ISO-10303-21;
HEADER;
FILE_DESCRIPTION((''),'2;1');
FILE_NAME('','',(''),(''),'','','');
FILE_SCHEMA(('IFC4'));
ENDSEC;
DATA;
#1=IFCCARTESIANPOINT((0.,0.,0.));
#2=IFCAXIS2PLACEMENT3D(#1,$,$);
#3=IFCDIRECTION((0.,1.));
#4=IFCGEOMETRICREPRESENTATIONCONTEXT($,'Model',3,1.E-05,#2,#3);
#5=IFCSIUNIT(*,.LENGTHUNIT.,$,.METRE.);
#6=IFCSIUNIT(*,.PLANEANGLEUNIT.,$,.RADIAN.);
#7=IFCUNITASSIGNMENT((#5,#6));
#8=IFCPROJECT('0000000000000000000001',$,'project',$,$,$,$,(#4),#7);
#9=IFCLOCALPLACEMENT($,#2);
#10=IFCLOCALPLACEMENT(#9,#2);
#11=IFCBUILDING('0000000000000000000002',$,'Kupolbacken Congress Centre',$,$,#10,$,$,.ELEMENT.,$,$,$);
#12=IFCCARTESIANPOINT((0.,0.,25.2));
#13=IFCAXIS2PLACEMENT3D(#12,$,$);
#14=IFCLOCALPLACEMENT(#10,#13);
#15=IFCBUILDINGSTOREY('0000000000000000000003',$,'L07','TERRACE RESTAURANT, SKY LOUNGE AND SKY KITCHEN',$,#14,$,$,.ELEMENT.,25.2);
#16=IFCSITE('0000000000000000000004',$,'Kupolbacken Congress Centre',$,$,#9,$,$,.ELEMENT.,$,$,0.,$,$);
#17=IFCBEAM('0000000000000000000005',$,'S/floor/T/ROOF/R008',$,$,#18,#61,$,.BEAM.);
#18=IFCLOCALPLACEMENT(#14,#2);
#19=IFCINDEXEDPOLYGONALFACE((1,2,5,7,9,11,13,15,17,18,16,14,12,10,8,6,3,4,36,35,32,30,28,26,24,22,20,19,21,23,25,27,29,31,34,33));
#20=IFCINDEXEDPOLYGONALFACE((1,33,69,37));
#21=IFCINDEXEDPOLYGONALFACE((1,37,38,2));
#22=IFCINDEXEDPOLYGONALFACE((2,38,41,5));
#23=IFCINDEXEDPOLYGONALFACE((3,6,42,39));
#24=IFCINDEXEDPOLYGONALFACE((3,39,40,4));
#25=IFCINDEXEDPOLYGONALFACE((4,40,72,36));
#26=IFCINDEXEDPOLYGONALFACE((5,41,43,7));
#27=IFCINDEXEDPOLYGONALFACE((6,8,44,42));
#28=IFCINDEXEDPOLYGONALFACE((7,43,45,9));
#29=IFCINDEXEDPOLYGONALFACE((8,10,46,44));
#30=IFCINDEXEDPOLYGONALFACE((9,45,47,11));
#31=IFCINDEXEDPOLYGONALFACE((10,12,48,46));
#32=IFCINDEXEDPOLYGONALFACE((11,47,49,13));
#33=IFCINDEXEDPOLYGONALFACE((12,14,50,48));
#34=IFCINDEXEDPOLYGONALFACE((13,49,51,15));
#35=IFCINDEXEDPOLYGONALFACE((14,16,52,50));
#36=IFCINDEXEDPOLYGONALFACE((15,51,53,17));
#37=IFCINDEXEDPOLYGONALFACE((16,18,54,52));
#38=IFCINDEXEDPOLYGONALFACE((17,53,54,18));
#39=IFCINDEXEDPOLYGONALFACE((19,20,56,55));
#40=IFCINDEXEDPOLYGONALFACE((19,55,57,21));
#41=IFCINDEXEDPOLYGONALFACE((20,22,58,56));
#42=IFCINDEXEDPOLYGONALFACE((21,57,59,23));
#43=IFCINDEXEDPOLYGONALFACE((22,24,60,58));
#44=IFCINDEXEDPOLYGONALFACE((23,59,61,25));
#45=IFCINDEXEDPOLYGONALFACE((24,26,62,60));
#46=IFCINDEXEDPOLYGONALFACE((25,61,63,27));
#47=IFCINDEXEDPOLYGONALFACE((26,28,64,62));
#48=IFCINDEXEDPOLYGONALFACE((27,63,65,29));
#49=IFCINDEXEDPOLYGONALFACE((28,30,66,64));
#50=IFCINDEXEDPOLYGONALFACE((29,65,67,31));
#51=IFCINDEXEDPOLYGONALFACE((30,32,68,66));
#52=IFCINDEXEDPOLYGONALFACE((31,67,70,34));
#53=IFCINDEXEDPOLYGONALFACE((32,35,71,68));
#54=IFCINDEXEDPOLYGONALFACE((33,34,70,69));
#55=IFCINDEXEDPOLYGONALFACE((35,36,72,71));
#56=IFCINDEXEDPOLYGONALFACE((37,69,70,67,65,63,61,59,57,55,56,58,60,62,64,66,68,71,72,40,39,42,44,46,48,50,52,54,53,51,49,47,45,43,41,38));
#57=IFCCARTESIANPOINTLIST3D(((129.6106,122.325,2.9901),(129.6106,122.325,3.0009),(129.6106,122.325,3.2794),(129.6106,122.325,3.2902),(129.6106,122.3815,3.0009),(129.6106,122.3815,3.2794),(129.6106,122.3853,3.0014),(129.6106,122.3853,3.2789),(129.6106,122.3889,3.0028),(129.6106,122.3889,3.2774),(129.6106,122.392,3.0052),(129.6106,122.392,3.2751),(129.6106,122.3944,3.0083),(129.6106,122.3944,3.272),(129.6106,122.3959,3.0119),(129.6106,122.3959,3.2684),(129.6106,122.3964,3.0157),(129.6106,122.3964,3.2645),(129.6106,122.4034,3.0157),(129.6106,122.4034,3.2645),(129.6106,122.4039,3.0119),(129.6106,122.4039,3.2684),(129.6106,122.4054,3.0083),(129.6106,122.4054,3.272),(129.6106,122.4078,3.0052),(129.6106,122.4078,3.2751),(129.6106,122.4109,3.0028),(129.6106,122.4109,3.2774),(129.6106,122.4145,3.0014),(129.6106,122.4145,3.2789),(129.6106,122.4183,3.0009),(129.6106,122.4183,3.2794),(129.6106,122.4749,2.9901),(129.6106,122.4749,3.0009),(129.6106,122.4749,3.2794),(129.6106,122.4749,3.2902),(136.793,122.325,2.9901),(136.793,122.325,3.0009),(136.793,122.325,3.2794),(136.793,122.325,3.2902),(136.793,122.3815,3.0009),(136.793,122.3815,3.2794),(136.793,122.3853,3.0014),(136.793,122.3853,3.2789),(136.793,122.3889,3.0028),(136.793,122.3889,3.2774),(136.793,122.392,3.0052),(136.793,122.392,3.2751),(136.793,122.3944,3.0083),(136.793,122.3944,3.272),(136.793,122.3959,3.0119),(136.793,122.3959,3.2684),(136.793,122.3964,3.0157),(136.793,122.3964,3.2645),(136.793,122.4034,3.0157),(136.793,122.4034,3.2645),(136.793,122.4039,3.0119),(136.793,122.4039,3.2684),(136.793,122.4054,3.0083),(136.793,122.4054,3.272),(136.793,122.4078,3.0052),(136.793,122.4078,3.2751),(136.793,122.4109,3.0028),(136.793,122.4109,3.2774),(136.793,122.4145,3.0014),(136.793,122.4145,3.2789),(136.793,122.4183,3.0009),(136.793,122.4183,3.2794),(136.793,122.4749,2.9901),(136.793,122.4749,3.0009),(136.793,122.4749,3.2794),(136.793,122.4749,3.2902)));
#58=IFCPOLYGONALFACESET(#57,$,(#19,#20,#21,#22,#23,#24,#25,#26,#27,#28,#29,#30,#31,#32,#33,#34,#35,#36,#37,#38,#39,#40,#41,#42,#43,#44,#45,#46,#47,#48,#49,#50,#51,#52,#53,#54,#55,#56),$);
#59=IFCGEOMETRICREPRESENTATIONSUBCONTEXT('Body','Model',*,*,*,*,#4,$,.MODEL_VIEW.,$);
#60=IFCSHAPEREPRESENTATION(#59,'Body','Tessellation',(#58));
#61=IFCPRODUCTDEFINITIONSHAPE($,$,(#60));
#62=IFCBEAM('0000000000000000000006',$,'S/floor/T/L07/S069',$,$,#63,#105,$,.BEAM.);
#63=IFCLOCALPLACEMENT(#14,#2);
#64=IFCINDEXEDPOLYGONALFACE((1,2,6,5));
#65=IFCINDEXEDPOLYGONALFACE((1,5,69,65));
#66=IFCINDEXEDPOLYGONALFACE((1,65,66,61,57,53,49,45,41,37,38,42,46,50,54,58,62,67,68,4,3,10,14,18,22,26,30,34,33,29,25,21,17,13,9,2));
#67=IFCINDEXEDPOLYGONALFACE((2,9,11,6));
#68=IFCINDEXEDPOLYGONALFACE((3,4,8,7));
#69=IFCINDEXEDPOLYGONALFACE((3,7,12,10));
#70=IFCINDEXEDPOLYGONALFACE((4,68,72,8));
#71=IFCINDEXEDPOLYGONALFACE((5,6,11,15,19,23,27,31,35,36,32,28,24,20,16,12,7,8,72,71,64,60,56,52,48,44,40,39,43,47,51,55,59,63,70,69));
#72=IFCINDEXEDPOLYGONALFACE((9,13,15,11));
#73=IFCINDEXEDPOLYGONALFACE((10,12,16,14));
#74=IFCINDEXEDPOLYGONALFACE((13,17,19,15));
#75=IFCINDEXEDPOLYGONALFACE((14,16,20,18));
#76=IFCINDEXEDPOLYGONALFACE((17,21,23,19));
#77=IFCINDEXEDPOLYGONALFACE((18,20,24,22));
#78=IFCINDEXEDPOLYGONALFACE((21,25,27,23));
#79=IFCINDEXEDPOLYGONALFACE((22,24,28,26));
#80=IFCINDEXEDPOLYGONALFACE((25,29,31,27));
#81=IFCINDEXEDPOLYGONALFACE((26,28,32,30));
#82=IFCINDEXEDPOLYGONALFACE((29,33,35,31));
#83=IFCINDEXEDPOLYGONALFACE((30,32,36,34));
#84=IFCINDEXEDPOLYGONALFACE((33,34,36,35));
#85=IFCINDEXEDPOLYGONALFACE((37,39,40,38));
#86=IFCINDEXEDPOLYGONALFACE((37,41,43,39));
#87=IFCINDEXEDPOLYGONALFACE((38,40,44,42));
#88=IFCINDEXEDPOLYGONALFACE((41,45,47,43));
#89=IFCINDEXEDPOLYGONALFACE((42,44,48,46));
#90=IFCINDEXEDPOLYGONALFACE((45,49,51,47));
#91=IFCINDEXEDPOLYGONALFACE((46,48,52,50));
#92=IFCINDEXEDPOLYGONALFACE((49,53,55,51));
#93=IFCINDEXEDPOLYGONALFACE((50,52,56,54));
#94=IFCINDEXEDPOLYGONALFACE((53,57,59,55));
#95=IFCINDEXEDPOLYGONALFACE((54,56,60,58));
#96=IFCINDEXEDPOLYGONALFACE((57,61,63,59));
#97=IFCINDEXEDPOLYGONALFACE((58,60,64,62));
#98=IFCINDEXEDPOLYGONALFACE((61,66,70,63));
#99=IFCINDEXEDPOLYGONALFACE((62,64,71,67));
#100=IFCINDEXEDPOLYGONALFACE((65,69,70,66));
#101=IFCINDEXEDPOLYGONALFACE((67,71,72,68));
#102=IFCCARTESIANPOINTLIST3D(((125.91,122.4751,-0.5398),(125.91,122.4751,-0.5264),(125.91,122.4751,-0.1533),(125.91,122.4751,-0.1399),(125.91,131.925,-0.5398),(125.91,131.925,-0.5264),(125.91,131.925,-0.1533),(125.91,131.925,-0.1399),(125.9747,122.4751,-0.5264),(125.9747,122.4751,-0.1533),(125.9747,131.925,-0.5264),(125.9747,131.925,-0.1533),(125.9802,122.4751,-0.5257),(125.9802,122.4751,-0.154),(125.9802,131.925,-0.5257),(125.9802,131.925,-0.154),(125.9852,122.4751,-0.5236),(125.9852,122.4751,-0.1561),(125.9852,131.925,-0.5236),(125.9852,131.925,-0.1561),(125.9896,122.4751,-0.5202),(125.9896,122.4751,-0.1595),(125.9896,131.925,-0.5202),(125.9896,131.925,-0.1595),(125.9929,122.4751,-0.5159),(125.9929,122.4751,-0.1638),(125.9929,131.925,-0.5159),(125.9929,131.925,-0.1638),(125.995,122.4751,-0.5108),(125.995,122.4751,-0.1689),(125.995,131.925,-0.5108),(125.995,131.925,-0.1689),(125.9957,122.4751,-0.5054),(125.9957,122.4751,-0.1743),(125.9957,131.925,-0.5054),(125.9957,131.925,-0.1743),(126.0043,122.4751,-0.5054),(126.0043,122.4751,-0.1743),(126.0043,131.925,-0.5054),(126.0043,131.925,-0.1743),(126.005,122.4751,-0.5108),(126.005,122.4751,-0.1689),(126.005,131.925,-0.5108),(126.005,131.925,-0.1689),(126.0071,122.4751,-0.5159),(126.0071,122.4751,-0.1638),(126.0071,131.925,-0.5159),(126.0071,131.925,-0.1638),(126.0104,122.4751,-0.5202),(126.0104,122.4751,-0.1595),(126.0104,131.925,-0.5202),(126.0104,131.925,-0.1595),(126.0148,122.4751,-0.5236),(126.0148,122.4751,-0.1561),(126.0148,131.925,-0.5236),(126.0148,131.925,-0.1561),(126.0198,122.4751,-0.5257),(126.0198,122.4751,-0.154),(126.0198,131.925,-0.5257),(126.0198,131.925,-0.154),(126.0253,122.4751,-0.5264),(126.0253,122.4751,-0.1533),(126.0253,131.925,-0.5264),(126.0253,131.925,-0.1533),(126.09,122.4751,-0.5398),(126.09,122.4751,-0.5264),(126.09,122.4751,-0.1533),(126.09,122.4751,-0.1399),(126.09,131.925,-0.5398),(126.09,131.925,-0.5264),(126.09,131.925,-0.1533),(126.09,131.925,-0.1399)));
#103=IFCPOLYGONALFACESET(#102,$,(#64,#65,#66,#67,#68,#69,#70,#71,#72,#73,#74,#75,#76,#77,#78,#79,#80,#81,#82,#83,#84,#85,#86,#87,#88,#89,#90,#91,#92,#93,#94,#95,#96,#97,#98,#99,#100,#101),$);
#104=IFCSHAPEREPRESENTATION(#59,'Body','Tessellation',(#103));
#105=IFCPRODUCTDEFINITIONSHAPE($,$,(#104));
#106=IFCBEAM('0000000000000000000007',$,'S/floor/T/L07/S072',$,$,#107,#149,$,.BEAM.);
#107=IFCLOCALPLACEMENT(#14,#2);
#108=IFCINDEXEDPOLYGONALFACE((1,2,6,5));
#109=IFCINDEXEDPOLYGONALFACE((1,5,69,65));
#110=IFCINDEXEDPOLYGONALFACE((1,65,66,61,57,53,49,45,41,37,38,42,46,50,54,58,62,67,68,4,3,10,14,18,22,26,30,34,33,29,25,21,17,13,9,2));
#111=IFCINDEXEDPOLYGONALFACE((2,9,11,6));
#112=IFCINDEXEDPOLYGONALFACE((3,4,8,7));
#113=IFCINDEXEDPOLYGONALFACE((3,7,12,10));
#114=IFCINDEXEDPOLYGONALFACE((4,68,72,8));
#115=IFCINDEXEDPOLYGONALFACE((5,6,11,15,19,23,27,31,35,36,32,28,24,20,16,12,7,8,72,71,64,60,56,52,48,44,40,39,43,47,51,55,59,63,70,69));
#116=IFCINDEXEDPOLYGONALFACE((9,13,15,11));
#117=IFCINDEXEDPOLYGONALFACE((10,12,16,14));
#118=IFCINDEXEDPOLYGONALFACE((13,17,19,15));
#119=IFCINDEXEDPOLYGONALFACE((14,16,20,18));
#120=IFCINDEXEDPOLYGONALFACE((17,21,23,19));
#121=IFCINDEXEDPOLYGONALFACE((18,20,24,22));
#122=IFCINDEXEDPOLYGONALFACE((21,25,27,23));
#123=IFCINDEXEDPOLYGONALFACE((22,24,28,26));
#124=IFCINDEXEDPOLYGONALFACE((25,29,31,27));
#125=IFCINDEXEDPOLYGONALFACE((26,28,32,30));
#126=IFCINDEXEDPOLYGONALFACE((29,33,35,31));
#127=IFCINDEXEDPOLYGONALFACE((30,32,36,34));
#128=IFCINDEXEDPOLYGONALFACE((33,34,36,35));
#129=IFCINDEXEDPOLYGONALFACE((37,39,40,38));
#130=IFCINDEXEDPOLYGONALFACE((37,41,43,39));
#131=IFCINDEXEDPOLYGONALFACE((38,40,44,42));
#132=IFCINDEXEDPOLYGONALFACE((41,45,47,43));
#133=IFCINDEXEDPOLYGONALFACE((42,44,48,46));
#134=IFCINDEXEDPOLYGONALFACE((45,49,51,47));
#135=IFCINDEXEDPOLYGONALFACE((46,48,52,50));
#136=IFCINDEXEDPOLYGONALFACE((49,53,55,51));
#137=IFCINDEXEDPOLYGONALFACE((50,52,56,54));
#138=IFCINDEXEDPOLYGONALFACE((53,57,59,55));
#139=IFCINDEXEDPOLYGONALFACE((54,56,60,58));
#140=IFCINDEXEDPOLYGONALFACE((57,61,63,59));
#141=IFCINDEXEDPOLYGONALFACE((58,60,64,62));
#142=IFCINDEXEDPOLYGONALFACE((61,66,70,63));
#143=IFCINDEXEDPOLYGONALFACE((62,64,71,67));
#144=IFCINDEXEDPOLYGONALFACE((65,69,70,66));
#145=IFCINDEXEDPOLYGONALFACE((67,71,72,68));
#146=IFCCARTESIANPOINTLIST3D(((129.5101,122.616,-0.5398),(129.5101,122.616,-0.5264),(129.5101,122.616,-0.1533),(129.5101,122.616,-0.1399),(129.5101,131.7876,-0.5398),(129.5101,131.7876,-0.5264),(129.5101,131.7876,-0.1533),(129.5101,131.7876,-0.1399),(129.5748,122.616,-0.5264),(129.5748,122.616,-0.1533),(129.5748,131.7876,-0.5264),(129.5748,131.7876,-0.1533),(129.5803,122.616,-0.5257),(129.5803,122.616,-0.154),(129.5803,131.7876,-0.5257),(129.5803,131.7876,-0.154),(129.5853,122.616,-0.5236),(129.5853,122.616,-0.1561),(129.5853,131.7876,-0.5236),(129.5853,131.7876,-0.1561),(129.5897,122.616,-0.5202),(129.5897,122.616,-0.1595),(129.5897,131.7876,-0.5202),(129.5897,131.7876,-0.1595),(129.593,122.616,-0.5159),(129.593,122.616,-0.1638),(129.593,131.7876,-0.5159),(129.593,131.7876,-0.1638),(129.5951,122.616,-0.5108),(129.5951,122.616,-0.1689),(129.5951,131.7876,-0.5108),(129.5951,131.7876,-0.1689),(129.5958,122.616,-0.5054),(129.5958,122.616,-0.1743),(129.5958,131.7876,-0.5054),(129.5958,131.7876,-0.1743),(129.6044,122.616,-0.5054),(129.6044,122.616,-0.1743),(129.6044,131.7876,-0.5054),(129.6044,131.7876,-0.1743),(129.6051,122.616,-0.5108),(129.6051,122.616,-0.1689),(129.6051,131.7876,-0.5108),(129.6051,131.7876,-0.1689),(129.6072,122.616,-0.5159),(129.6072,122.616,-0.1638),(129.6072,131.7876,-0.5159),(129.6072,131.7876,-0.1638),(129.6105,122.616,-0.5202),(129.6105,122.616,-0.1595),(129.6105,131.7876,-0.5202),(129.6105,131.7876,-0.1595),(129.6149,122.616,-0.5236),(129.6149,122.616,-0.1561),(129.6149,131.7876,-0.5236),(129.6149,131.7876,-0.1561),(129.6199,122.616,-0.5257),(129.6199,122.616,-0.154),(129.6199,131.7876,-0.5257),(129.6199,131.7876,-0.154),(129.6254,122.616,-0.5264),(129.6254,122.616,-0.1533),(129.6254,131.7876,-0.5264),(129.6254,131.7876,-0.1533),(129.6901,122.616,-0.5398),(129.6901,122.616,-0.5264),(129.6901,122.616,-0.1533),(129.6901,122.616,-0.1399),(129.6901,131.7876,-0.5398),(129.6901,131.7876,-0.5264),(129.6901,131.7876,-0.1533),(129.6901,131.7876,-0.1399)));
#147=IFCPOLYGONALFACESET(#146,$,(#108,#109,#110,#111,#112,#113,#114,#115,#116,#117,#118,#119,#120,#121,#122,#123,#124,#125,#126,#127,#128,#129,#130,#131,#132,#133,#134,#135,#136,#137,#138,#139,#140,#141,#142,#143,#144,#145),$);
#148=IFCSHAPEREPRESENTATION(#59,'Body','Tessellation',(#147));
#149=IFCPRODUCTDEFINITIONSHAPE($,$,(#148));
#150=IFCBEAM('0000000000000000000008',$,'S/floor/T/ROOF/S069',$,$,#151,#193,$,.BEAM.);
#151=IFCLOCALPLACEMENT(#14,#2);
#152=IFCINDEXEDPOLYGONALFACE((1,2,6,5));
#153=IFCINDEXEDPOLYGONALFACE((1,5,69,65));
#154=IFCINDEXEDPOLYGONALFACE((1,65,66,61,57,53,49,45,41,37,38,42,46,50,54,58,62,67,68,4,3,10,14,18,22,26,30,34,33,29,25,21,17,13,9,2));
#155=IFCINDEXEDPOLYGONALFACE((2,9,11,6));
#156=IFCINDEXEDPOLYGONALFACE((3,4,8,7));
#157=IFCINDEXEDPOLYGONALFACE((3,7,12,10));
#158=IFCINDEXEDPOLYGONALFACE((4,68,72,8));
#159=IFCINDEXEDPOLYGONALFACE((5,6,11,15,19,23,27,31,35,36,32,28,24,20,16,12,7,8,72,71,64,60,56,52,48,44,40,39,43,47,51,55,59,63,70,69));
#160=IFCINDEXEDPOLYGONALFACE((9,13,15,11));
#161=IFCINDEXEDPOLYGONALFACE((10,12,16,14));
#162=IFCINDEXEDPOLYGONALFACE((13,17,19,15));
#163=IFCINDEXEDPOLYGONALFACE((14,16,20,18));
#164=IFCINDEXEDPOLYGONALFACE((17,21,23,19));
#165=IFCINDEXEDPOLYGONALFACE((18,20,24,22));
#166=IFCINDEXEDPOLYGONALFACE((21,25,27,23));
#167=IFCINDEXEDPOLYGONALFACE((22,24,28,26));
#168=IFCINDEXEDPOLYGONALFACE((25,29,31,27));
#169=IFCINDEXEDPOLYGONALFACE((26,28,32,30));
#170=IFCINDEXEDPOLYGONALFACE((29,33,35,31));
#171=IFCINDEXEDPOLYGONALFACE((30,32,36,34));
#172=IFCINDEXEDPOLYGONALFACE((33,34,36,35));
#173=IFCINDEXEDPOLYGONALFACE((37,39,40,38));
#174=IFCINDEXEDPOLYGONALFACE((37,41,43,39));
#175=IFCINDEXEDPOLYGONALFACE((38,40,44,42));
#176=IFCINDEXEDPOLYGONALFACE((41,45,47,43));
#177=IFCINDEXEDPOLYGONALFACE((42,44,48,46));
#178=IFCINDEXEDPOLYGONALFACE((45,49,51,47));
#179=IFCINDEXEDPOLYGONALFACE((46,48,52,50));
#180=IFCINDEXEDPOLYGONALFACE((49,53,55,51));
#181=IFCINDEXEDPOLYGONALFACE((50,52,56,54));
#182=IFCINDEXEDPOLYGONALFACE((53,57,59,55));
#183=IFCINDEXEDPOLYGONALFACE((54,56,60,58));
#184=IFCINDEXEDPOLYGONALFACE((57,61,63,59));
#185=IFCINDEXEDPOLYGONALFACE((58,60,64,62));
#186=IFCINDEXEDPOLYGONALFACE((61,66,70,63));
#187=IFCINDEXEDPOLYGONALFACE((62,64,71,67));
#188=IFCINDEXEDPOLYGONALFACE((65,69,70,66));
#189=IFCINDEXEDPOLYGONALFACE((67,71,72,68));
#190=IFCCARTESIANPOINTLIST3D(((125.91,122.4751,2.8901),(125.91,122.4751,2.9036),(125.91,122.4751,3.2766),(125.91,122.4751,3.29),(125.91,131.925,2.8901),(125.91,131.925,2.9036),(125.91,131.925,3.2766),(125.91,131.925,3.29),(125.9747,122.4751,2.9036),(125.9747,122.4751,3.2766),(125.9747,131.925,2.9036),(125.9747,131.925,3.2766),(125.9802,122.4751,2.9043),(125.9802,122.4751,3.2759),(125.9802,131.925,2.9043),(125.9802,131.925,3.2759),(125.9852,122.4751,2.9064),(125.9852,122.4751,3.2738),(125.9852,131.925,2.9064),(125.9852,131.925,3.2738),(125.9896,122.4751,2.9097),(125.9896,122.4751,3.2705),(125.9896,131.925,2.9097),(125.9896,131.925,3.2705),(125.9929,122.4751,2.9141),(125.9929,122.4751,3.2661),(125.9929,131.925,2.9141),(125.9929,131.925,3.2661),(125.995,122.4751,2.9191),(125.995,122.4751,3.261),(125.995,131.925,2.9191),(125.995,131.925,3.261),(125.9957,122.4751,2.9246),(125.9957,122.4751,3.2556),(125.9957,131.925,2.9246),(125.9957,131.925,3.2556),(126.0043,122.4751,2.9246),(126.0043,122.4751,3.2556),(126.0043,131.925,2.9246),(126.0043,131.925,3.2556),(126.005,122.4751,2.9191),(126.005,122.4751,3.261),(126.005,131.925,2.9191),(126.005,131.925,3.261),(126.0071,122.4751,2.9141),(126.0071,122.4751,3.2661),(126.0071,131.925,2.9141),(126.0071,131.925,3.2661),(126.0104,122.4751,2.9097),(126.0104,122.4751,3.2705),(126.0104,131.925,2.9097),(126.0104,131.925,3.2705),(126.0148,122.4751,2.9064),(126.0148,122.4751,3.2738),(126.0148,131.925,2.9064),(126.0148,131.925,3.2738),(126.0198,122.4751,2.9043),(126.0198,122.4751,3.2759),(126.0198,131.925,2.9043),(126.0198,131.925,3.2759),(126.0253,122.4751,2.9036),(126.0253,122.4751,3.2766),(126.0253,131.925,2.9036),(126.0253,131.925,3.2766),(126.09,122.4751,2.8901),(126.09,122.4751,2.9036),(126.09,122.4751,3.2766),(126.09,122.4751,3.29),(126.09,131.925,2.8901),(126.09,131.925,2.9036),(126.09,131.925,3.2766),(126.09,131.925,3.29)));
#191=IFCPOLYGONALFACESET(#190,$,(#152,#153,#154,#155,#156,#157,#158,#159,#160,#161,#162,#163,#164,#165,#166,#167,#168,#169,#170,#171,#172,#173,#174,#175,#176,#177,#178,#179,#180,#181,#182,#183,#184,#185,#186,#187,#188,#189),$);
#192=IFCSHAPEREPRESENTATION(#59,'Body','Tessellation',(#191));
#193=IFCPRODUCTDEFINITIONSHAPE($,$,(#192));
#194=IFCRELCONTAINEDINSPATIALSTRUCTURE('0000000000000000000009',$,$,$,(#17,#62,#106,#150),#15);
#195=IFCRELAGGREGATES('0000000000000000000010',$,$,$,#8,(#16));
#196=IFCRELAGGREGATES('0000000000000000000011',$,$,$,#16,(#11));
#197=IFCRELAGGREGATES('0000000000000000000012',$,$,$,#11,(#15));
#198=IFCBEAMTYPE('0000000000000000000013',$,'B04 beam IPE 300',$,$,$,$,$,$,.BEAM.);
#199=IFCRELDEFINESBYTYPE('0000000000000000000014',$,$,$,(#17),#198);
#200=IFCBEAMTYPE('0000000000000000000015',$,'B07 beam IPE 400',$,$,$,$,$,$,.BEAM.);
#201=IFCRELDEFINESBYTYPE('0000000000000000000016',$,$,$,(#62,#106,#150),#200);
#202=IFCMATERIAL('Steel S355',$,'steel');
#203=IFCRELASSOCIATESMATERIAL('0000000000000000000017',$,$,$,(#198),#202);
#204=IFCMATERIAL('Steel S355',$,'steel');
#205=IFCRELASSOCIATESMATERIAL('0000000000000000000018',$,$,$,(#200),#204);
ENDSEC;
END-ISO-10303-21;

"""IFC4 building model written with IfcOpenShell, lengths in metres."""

from ifc_helpers import new_model, si_unit, direction, frame, origin, origin_2d, place, context, subcontext, project, spatial, i_section, extrude, material, material_profile, profile_set, type_object, element, save


model = new_model("IFC4")

# Units and contexts
model_context = context("Model", 3, precision=1e-05, world=origin(), true_north=direction((0.0, 1.0)))
body_context = subcontext(model_context, "Body", "Model", "MODEL_VIEW")
ifc_project = project(units=[si_unit("LENGTHUNIT", "METRE"), si_unit("PLANEANGLEUNIT", "RADIAN")], contexts=[model_context])

# Site, building, storey
site_placement = place(None, origin())
site = spatial("IfcSite", under=ifc_project, at=site_placement, Name="Kupolbacken Congress Centre", CompositionType="ELEMENT", RefElevation=0.0)
building_placement = place(site_placement, origin())
building = spatial("IfcBuilding", under=site, at=building_placement, Name="Kupolbacken Congress Centre", CompositionType="ELEMENT")
storey_placement = place(building_placement, frame((0.0, 0.0, 25.2)))
storey = spatial("IfcBuildingStorey", under=building, at=storey_placement, Name="L07", Description="TERRACE RESTAURANT, SKY LOUNGE AND SKY KITCHEN", CompositionType="ELEMENT", Elevation=25.2)

# Beams
ifc_material_1 = material(Name="Steel S355", Category="steel")
ifc_material_profile_1 = material_profile(ifc_material_1, i_section(OverallWidth=0.1499, OverallDepth=0.3, WebThickness=0.0071, FlangeThickness=0.0107, FilletRadius=0.0149, at=origin_2d()), Name="IPE 300")
ifc_profile_set_1 = profile_set([ifc_material_profile_1], Name="Steel S355")
beam_type_1 = type_object("IfcBeamType", Name="B04 beam IPE 300", PredefinedType="BEAM", material=ifc_profile_set_1)
beam_1_placement = place(storey_placement, frame((129.6106, 122.3999, 3.1401), z_axis=(1.0, 0.0, 0.0), x_axis=(0.0, 1.0, 0.0)))
element("IfcBeam", 1, at=beam_1_placement, inside=storey, type_object=beam_type_1, Name="S/floor/T/ROOF/R008", PredefinedType="BEAM", context=body_context, shape_type="SweptSolid", body=[
    extrude(i_section(OverallWidth=0.1499, OverallDepth=0.3, WebThickness=0.0071, FlangeThickness=0.0107, FilletRadius=0.0149, at=origin_2d()), origin(), (0.0, 0.0, 1.0), 7.1824),
])
ifc_material_2 = material(Name="Steel S355", Category="steel")
ifc_material_profile_2 = material_profile(ifc_material_2, i_section(OverallWidth=0.1799, OverallDepth=0.3999, WebThickness=0.0085, FlangeThickness=0.0134, FilletRadius=0.021, at=origin_2d()), Name="IPE 400")
ifc_profile_set_2 = profile_set([ifc_material_profile_2], Name="Steel S355")
beam_type_2 = type_object("IfcBeamType", Name="B07 beam IPE 400", PredefinedType="BEAM", material=ifc_profile_set_2)
beam_2_placement = place(storey_placement, frame((126.0, 122.4751, -0.3398), z_axis=(0.0, 1.0, 0.0), x_axis=(-1.0, 0.0, 0.0)))
element("IfcBeam", 2, at=beam_2_placement, inside=storey, type_object=beam_type_2, Name="S/floor/T/L07/S069", PredefinedType="BEAM", context=body_context, shape_type="SweptSolid", body=[
    extrude(i_section(OverallWidth=0.1799, OverallDepth=0.3999, WebThickness=0.0085, FlangeThickness=0.0134, FilletRadius=0.021, at=origin_2d()), origin(), (0.0, 0.0, 1.0), 9.45),
])
beam_3_placement = place(storey_placement, frame((129.6001, 122.616, -0.3398), z_axis=(0.0, 1.0, 0.0), x_axis=(-1.0, 0.0, 0.0)))
element("IfcBeam", 3, at=beam_3_placement, inside=storey, type_object=beam_type_2, Name="S/floor/T/L07/S072", PredefinedType="BEAM", context=body_context, shape_type="SweptSolid", body=[
    extrude(i_section(OverallWidth=0.1799, OverallDepth=0.3999, WebThickness=0.0085, FlangeThickness=0.0134, FilletRadius=0.021, at=origin_2d()), origin(), (0.0, 0.0, 1.0), 9.1716),
])
beam_4_placement = place(storey_placement, frame((126.0, 122.4751, 3.0901), z_axis=(0.0, 1.0, 0.0), x_axis=(-1.0, 0.0, 0.0)))
element("IfcBeam", 4, at=beam_4_placement, inside=storey, type_object=beam_type_2, Name="S/floor/T/ROOF/S069", PredefinedType="BEAM", context=body_context, shape_type="SweptSolid", body=[
    extrude(i_section(OverallWidth=0.1799, OverallDepth=0.3999, WebThickness=0.0085, FlangeThickness=0.0134, FilletRadius=0.021, at=origin_2d()), origin(), (0.0, 0.0, 1.0), 9.45),
])

save(model, "model.ifc")
